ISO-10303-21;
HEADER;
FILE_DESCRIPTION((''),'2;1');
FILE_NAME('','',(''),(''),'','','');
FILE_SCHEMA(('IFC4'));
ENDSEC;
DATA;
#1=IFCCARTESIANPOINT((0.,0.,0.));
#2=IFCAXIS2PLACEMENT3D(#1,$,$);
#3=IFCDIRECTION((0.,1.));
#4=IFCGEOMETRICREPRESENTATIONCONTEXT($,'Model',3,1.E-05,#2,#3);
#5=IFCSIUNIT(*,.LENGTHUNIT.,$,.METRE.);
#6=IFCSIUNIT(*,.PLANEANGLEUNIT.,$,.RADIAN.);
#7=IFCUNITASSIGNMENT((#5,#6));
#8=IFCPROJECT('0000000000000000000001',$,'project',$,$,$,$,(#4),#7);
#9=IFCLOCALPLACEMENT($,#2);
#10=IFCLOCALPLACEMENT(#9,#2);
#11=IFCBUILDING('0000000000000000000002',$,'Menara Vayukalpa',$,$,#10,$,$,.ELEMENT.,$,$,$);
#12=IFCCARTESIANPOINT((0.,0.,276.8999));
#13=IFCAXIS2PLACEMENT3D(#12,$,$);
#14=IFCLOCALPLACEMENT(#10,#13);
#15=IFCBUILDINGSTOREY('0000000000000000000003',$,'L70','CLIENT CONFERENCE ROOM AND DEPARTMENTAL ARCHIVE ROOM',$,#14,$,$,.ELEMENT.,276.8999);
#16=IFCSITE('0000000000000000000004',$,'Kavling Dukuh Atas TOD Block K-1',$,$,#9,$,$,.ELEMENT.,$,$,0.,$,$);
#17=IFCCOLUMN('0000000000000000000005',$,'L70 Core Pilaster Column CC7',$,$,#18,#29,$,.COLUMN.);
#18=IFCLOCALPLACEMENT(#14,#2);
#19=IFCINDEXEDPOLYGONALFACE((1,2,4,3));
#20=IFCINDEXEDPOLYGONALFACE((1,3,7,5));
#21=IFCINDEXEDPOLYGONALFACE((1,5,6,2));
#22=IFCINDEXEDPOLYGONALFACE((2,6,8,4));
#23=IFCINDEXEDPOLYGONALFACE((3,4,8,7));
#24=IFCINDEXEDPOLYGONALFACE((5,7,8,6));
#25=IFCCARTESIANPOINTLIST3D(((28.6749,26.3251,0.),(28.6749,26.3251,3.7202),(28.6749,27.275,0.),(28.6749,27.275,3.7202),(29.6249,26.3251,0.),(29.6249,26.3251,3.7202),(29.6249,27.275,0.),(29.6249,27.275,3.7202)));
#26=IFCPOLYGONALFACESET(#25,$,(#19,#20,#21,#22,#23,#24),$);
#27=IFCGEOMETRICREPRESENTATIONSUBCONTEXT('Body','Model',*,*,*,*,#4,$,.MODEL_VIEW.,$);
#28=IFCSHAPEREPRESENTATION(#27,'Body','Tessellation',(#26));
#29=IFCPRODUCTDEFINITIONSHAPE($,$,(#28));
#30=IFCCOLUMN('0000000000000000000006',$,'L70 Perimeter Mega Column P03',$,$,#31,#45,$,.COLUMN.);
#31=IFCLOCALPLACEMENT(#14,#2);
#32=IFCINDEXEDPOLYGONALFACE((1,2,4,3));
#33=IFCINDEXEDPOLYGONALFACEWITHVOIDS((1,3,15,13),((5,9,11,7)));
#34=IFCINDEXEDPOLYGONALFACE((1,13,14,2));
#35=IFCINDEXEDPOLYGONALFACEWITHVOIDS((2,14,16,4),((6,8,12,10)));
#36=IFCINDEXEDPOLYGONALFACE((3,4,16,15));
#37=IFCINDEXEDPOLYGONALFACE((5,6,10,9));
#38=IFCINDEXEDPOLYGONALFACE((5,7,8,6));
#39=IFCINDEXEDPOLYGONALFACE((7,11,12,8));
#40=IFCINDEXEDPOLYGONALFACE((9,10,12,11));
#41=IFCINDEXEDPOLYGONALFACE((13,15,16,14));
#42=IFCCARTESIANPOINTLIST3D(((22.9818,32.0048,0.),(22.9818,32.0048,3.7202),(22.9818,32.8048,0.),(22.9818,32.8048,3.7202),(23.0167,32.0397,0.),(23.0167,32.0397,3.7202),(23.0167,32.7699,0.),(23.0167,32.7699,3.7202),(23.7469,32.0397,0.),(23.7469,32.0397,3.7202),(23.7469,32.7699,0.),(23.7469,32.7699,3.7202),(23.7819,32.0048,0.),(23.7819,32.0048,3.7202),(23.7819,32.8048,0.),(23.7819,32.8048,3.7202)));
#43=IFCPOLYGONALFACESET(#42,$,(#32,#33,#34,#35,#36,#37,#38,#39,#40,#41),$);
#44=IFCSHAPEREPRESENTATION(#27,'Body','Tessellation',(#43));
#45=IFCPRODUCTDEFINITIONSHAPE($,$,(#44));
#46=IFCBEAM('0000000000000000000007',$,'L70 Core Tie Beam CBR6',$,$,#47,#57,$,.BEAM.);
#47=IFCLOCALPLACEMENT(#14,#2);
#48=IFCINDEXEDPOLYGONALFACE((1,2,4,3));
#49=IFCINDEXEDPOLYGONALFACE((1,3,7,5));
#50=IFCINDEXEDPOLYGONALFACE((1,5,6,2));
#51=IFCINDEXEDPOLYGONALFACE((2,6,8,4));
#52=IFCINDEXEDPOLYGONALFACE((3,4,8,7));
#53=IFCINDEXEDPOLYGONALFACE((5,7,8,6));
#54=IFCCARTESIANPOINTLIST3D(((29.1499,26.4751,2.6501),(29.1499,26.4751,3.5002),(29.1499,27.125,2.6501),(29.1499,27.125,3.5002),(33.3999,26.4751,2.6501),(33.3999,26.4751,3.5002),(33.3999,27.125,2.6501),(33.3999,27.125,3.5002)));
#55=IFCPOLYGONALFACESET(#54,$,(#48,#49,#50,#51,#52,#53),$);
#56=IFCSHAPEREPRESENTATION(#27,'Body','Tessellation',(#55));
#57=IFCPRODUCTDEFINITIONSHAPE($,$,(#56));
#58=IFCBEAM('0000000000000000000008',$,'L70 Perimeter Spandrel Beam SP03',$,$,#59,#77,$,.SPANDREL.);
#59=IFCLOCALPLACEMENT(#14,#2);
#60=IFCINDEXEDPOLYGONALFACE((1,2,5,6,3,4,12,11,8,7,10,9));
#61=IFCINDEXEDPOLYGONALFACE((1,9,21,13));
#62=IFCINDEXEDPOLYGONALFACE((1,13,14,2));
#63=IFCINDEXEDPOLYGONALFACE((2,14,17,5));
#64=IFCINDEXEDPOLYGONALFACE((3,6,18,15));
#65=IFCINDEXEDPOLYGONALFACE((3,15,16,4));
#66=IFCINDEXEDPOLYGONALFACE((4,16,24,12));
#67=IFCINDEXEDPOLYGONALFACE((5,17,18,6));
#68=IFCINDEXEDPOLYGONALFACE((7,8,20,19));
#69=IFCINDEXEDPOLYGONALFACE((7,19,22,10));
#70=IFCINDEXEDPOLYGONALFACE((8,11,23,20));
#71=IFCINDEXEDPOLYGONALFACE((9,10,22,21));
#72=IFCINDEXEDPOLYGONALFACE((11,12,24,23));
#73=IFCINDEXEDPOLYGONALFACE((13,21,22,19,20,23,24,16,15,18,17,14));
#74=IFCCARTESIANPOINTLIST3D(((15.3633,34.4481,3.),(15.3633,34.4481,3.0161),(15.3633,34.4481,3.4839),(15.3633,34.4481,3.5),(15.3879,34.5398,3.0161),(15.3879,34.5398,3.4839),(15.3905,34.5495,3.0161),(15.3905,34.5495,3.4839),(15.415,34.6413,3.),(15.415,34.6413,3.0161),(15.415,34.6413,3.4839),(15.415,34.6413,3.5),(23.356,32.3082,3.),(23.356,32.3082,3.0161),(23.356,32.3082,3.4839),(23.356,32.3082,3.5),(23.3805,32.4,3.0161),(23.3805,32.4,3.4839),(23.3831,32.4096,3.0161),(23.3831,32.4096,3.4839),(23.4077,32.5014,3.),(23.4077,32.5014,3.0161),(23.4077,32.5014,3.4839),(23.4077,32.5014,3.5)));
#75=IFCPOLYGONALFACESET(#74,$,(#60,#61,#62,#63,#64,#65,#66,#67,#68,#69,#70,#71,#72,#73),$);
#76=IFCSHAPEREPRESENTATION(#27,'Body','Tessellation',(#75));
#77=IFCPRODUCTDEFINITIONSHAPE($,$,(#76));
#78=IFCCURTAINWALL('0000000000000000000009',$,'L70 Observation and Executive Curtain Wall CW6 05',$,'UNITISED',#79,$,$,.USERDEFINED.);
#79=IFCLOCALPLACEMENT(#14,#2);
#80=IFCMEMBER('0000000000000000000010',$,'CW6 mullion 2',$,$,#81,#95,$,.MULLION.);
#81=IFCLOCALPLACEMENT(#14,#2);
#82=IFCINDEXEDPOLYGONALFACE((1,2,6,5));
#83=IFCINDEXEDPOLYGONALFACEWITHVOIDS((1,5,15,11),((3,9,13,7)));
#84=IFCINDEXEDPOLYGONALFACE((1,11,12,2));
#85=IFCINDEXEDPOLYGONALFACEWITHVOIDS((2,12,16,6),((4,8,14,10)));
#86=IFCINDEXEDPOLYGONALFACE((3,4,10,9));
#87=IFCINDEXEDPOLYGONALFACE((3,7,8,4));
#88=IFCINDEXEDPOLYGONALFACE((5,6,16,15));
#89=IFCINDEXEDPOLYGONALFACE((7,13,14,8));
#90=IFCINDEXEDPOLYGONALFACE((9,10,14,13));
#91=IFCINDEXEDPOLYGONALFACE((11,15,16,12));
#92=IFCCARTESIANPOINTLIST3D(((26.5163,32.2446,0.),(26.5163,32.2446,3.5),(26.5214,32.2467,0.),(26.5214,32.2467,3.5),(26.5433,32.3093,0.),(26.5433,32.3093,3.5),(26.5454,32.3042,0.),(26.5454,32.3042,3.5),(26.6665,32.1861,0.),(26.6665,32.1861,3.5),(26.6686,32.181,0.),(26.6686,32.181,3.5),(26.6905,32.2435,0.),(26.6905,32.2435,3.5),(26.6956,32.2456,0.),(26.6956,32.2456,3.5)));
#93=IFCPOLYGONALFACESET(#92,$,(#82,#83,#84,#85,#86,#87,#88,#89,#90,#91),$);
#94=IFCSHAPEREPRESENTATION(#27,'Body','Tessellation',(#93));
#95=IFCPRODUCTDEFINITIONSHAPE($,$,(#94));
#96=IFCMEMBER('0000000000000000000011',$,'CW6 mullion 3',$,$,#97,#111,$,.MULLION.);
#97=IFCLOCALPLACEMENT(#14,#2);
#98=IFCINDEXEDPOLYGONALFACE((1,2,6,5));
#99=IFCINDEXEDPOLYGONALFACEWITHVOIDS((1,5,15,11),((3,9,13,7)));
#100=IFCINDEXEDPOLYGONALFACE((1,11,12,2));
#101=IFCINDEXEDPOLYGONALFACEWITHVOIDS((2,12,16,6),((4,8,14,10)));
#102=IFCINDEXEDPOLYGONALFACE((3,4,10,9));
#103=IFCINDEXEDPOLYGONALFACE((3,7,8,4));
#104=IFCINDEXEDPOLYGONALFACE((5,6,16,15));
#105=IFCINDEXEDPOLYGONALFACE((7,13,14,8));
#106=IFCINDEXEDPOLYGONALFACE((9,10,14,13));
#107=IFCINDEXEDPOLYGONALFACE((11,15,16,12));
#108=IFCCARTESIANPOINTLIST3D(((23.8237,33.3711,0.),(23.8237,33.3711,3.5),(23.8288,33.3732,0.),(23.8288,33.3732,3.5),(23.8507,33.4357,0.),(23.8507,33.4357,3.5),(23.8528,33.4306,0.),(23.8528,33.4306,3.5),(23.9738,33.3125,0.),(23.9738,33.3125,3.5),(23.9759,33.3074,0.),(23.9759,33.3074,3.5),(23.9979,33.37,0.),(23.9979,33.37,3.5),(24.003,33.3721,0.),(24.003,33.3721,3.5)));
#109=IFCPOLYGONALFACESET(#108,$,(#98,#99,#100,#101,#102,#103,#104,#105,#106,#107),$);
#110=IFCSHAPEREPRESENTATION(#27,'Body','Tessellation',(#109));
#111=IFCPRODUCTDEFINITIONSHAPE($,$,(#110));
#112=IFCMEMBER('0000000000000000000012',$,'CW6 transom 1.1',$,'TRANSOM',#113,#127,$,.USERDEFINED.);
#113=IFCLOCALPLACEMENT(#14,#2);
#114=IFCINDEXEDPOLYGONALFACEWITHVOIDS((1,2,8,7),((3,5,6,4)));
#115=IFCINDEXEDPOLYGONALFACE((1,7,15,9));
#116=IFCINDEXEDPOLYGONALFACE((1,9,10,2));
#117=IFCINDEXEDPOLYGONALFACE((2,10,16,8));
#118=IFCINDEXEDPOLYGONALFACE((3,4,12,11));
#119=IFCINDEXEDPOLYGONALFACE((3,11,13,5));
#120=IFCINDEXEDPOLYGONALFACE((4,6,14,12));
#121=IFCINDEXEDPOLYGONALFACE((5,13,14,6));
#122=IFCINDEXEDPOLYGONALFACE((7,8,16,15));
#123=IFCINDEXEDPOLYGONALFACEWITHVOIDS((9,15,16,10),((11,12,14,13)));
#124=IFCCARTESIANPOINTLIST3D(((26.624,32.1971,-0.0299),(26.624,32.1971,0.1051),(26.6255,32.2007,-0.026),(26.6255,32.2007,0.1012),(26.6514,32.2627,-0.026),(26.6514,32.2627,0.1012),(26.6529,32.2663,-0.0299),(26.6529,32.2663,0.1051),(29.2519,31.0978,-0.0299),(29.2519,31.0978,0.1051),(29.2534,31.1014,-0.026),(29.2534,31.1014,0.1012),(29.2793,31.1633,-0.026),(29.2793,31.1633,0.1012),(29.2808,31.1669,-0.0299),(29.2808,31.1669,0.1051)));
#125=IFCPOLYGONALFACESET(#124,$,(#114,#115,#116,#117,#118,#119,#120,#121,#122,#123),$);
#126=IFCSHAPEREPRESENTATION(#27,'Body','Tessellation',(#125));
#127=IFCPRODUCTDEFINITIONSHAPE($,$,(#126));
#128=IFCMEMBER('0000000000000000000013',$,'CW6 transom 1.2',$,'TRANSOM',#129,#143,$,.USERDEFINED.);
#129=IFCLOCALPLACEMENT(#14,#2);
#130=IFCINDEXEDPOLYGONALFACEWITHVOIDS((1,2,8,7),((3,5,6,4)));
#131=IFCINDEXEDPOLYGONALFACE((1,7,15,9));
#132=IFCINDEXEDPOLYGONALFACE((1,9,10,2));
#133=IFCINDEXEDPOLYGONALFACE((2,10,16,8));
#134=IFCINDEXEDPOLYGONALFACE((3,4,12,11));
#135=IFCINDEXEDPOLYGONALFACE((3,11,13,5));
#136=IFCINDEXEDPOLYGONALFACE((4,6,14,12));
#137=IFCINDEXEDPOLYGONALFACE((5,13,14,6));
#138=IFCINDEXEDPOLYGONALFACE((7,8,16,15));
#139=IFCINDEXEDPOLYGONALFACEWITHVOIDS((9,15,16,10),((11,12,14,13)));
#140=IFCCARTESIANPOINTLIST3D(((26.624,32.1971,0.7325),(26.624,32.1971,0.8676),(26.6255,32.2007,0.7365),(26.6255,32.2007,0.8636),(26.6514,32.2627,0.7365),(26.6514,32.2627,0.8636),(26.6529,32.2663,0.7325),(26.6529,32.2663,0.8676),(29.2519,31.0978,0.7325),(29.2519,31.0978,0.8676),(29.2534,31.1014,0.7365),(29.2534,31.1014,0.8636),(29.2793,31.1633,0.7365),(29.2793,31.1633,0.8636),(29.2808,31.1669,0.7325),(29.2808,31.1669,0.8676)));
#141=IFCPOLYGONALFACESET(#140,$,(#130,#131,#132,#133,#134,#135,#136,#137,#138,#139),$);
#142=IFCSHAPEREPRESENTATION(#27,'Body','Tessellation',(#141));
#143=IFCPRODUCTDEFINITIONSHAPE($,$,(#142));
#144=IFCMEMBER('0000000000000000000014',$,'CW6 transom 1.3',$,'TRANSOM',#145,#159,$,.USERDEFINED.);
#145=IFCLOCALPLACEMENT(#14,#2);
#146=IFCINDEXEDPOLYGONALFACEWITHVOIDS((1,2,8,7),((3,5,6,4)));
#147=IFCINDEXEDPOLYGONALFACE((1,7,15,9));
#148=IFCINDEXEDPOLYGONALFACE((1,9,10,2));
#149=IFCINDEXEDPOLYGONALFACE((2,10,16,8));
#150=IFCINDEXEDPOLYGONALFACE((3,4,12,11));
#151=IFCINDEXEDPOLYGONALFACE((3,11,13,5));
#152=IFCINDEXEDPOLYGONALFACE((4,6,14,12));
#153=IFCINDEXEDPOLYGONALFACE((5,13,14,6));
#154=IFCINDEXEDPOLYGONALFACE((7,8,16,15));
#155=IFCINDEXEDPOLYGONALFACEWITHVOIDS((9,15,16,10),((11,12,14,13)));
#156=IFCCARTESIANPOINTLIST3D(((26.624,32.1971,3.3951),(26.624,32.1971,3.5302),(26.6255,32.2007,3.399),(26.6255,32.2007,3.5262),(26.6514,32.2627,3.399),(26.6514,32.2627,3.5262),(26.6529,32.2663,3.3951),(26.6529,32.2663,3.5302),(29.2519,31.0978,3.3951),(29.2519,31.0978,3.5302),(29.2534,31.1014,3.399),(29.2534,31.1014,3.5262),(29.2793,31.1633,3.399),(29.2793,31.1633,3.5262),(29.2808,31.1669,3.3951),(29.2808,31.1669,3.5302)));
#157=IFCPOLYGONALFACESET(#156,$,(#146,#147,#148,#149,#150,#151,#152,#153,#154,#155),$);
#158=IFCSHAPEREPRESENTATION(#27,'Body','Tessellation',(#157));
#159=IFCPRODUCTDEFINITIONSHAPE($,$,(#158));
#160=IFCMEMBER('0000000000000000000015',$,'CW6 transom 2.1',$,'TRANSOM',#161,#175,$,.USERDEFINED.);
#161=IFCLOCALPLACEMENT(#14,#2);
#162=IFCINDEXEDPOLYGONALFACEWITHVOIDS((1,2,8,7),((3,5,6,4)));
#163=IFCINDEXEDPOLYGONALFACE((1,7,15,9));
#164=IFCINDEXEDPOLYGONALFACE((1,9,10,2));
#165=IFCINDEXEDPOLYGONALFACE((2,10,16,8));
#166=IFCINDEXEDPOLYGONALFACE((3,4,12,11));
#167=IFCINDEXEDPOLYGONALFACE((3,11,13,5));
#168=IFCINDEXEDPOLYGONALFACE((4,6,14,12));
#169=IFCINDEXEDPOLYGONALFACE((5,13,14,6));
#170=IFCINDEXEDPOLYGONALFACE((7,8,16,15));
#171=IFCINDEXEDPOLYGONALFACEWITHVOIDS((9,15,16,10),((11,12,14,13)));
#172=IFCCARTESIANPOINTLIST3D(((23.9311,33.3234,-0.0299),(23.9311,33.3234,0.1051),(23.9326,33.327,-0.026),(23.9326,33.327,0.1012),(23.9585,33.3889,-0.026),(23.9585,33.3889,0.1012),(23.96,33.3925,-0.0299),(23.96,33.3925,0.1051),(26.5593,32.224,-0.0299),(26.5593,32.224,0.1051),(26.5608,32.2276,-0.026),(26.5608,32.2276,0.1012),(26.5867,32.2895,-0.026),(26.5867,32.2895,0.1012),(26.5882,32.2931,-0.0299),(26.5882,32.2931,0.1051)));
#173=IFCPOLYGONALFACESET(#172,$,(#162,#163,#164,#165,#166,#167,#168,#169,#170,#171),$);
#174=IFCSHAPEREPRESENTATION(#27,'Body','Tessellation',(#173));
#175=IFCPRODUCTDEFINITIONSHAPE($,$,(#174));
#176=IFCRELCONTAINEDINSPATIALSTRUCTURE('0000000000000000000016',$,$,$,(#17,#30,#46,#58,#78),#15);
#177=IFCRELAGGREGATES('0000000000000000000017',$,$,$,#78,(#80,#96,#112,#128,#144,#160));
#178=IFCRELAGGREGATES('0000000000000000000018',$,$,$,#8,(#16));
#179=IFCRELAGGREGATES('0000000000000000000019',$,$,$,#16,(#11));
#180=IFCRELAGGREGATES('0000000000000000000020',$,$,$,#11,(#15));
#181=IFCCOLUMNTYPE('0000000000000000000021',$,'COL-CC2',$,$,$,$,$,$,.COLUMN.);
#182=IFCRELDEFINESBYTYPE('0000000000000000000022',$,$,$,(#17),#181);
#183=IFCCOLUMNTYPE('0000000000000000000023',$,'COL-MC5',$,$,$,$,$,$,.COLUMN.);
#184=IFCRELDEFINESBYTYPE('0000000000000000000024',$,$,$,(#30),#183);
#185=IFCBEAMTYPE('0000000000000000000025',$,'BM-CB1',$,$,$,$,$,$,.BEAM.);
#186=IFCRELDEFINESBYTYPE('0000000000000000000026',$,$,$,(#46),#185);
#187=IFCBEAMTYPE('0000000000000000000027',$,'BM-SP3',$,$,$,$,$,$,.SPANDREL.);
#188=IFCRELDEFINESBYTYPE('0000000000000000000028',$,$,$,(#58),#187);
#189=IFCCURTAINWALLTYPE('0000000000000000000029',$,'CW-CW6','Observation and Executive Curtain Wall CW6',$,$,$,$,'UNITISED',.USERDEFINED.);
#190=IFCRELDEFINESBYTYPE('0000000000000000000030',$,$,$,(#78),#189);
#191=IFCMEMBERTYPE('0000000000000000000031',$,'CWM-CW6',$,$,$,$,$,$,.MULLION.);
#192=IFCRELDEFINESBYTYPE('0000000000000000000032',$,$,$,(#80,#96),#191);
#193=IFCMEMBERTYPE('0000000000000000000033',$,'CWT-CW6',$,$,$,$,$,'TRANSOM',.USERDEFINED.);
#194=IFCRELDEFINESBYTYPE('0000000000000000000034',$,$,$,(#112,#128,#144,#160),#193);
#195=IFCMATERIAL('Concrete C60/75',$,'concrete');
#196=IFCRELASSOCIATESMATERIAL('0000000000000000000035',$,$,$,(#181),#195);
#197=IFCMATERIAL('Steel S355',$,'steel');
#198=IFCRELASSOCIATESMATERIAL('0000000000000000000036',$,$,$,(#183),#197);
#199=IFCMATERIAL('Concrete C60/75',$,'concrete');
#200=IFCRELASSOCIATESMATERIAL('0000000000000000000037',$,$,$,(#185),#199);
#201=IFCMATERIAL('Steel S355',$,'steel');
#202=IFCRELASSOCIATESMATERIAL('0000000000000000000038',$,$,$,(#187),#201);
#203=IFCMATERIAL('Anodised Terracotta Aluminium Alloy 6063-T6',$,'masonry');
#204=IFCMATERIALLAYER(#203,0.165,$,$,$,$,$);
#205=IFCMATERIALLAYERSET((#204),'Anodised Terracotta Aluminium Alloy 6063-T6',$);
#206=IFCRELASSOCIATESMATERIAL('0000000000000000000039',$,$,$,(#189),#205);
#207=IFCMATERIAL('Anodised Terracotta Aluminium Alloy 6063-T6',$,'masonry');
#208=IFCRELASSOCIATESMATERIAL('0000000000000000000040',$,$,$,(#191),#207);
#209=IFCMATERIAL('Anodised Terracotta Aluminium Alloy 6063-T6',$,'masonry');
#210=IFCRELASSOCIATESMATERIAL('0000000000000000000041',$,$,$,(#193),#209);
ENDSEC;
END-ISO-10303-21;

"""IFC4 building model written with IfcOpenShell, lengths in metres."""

from ifc_helpers import new_model, si_unit, direction, frame, origin, origin_2d, place, context, subcontext, project, spatial, rectangle, hollow_rectangle, i_section, extrude, material, layer, layer_set, material_profile, profile_set, type_object, element, aggregate, save


model = new_model("IFC4")

# Units and contexts
model_context = context("Model", 3, precision=1e-05, world=origin(), true_north=direction((0.0, 1.0)))
body_context = subcontext(model_context, "Body", "Model", "MODEL_VIEW")
ifc_project = project(units=[si_unit("LENGTHUNIT", "METRE"), si_unit("PLANEANGLEUNIT", "RADIAN")], contexts=[model_context])

# Site, building, storey
site_placement = place(None, origin())
site = spatial("IfcSite", under=ifc_project, at=site_placement, Name="Kavling Dukuh Atas TOD Block K-1", CompositionType="ELEMENT", RefElevation=0.0)
building_placement = place(site_placement, origin())
building = spatial("IfcBuilding", under=site, at=building_placement, Name="Menara Vayukalpa", CompositionType="ELEMENT")
storey_placement = place(building_placement, frame((0.0, 0.0, 276.8999)))
storey = spatial("IfcBuildingStorey", under=building, at=storey_placement, Name="L70", Description="CLIENT CONFERENCE ROOM AND DEPARTMENTAL ARCHIVE ROOM", CompositionType="ELEMENT", Elevation=276.8999)

# Columns
ifc_material_1 = material(Name="Concrete C60/75", Category="concrete")
ifc_material_profile_1 = material_profile(ifc_material_1, rectangle(XDim=0.95, YDim=0.95, at=origin_2d()), Name="RC 950x950")
ifc_profile_set_1 = profile_set([ifc_material_profile_1], Name="Concrete C60/75")
column_type_1 = type_object("IfcColumnType", Name="COL-CC2", PredefinedType="COLUMN", material=ifc_profile_set_1)
column_1_placement = place(storey_placement, frame((29.1499, 26.8, 0.0), z_axis=(0.0, 0.0, 1.0), x_axis=(1.0, 0.0, 0.0)))
element("IfcColumn", 1, at=column_1_placement, inside=storey, type_object=column_type_1, Name="L70 Core Pilaster Column CC7", PredefinedType="COLUMN", context=body_context, shape_type="SweptSolid", body=[
    extrude(rectangle(XDim=0.95, YDim=0.95, at=origin_2d()), origin(), (0.0, 0.0, 1.0), 3.7202),
])
ifc_material_2 = material(Name="Steel S355", Category="steel")
ifc_material_profile_2 = material_profile(ifc_material_2, hollow_rectangle(XDim=0.8, YDim=0.8, WallThickness=0.0349, at=origin_2d()), Name="BOX 800x800x35")
ifc_profile_set_2 = profile_set([ifc_material_profile_2], Name="Steel S355")
column_type_2 = type_object("IfcColumnType", Name="COL-MC5", PredefinedType="COLUMN", material=ifc_profile_set_2)
column_2_placement = place(storey_placement, frame((23.3818, 32.4048, 0.0), z_axis=(0.0, 0.0, 1.0), x_axis=(1.0, 0.0, 0.0)))
element("IfcColumn", 2, at=column_2_placement, inside=storey, type_object=column_type_2, Name="L70 Perimeter Mega Column P03", PredefinedType="COLUMN", context=body_context, shape_type="SweptSolid", body=[
    extrude(hollow_rectangle(XDim=0.8, YDim=0.8, WallThickness=0.0349, at=origin_2d()), origin(), (0.0, 0.0, 1.0), 3.7202),
])

# Beams
ifc_material_3 = material(Name="Concrete C60/75", Category="concrete")
ifc_material_profile_3 = material_profile(ifc_material_3, rectangle(XDim=0.6499, YDim=0.8501, at=origin_2d()), Name="RC 650x850")
ifc_profile_set_3 = profile_set([ifc_material_profile_3], Name="Concrete C60/75")
beam_type_1 = type_object("IfcBeamType", Name="BM-CB1", PredefinedType="BEAM", material=ifc_profile_set_3)
beam_1_placement = place(storey_placement, frame((29.1499, 26.8, 3.0752), z_axis=(1.0, 0.0, 0.0), x_axis=(0.0, 1.0, 0.0)))
element("IfcBeam", 3, at=beam_1_placement, inside=storey, type_object=beam_type_1, Name="L70 Core Tie Beam CBR6", PredefinedType="BEAM", context=body_context, shape_type="SweptSolid", body=[
    extrude(rectangle(XDim=0.6499, YDim=0.8501, at=origin_2d()), origin(), (0.0, 0.0, 1.0), 4.25),
])
ifc_material_4 = material(Name="Steel S355", Category="steel")
ifc_material_profile_4 = material_profile(ifc_material_4, i_section(OverallWidth=0.2, OverallDepth=0.5, WebThickness=0.01, FlangeThickness=0.0161, at=origin_2d()), Name="WF 500x200x10x16")
ifc_profile_set_4 = profile_set([ifc_material_profile_4], Name="Steel S355")
beam_type_2 = type_object("IfcBeamType", Name="BM-SP3", PredefinedType="SPANDREL", material=ifc_profile_set_4)
beam_2_placement = place(storey_placement, frame((23.3818, 32.4048, 3.25), z_axis=(-0.965978, 0.258623, 0.0), x_axis=(-0.258623, -0.965978, 0.0)))
element("IfcBeam", 4, at=beam_2_placement, inside=storey, type_object=beam_type_2, Name="L70 Perimeter Spandrel Beam SP03", PredefinedType="SPANDREL", context=body_context, shape_type="SweptSolid", body=[
    extrude(i_section(OverallWidth=0.2, OverallDepth=0.5, WebThickness=0.01, FlangeThickness=0.0161, at=origin_2d()), origin(), (0.0, 0.0, 1.0), 8.2742),
])

# Curtain wall, members
ifc_material_5 = material(Name="Anodised Terracotta Aluminium Alloy 6063-T6", Category="masonry")
ifc_layer_1 = layer(ifc_material_5, 0.165)
ifc_layer_set_1 = layer_set([ifc_layer_1], Name="Anodised Terracotta Aluminium Alloy 6063-T6")
curtain_wall_type = type_object("IfcCurtainWallType", Name="CW-CW6", Description="Observation and Executive Curtain Wall CW6", ElementType="UNITISED", PredefinedType="USERDEFINED", material=ifc_layer_set_1)
curtain_wall_placement = place(storey_placement, origin())
curtain_wall = element("IfcCurtainWall", 5, at=curtain_wall_placement, inside=storey, type_object=curtain_wall_type, Name="L70 Observation and Executive Curtain Wall CW6 05", ObjectType="UNITISED", PredefinedType="USERDEFINED")
ifc_material_6 = material(Name="Anodised Terracotta Aluminium Alloy 6063-T6", Category="masonry")
ifc_material_profile_5 = material_profile(ifc_material_6, hollow_rectangle(XDim=0.0701, YDim=0.165, WallThickness=0.0039, at=origin_2d()), Name="ALU 70x165x4")
ifc_profile_set_5 = profile_set([ifc_material_profile_5], Name="Anodised Terracotta Aluminium Alloy 6063-T6")
member_type_1 = type_object("IfcMemberType", Name="CWM-CW6", PredefinedType="MULLION", material=ifc_profile_set_5)
member_1_placement = place(storey_placement, frame((26.606, 32.2451, 0.0), z_axis=(0.0, 0.0, 1.0), x_axis=(-0.3859, -0.922541, 0.0)))
member_1 = element("IfcMember", 6, at=member_1_placement, type_object=member_type_1, Name="CW6 mullion 2", PredefinedType="MULLION", context=body_context, shape_type="SweptSolid", body=[
    extrude(hollow_rectangle(XDim=0.0701, YDim=0.165, WallThickness=0.0039, at=origin_2d()), origin(), (0.0, 0.0, 1.0), 3.5),
])
member_2_placement = place(storey_placement, frame((23.9133, 33.3716, 0.0), z_axis=(0.0, 0.0, 1.0), x_axis=(-0.3859, -0.922541, 0.0)))
member_2 = element("IfcMember", 7, at=member_2_placement, type_object=member_type_1, Name="CW6 mullion 3", PredefinedType="MULLION", context=body_context, shape_type="SweptSolid", body=[
    extrude(hollow_rectangle(XDim=0.0701, YDim=0.165, WallThickness=0.0039, at=origin_2d()), origin(), (0.0, 0.0, 1.0), 3.5),
])
ifc_material_7 = material(Name="Anodised Terracotta Aluminium Alloy 6063-T6", Category="masonry")
ifc_material_profile_6 = material_profile(ifc_material_7, hollow_rectangle(XDim=0.075, YDim=0.135, WallThickness=0.0039, at=origin_2d()), Name="ALU 75x135x4")
ifc_profile_set_6 = profile_set([ifc_material_profile_6], Name="Anodised Terracotta Aluminium Alloy 6063-T6")
member_type_2 = type_object("IfcMemberType", Name="CWT-CW6", ElementType="TRANSOM", PredefinedType="USERDEFINED", material=ifc_profile_set_6)
member_3_placement = place(storey_placement, frame((29.2664, 31.1323, 0.0376), z_axis=(-0.922528, 0.385929, 0.0), x_axis=(-0.385929, -0.922528, 0.0)))
member_3 = element("IfcMember", 8, at=member_3_placement, type_object=member_type_2, Name="CW6 transom 1.1", ObjectType="TRANSOM", PredefinedType="USERDEFINED", context=body_context, shape_type="SweptSolid", body=[
    extrude(hollow_rectangle(XDim=0.075, YDim=0.135, WallThickness=0.0039, at=origin_2d()), origin(), (0.0, 0.0, 1.0), 2.8486),
])
member_4_placement = place(storey_placement, frame((29.2664, 31.1323, 0.8), z_axis=(-0.922528, 0.385929, 0.0), x_axis=(-0.385929, -0.922528, 0.0)))
member_4 = element("IfcMember", 9, at=member_4_placement, type_object=member_type_2, Name="CW6 transom 1.2", ObjectType="TRANSOM", PredefinedType="USERDEFINED", context=body_context, shape_type="SweptSolid", body=[
    extrude(hollow_rectangle(XDim=0.075, YDim=0.135, WallThickness=0.0039, at=origin_2d()), origin(), (0.0, 0.0, 1.0), 2.8486),
])
member_5_placement = place(storey_placement, frame((29.2664, 31.1323, 3.4626), z_axis=(-0.922528, 0.385929, 0.0), x_axis=(-0.385929, -0.922528, 0.0)))
member_5 = element("IfcMember", 10, at=member_5_placement, type_object=member_type_2, Name="CW6 transom 1.3", ObjectType="TRANSOM", PredefinedType="USERDEFINED", context=body_context, shape_type="SweptSolid", body=[
    extrude(hollow_rectangle(XDim=0.075, YDim=0.135, WallThickness=0.0039, at=origin_2d()), origin(), (0.0, 0.0, 1.0), 2.8486),
])
member_6_placement = place(storey_placement, frame((26.5737, 32.2585, 0.0376), z_axis=(-0.922541, 0.385899, 0.0), x_axis=(-0.385899, -0.922541, 0.0)))
member_6 = element("IfcMember", 11, at=member_6_placement, type_object=member_type_2, Name="CW6 transom 2.1", ObjectType="TRANSOM", PredefinedType="USERDEFINED", context=body_context, shape_type="SweptSolid", body=[
    extrude(hollow_rectangle(XDim=0.075, YDim=0.135, WallThickness=0.0039, at=origin_2d()), origin(), (0.0, 0.0, 1.0), 2.8489),
])
aggregate(curtain_wall, [member_1, member_2, member_3, member_4, member_5, member_6])

save(model, "model.ifc")
